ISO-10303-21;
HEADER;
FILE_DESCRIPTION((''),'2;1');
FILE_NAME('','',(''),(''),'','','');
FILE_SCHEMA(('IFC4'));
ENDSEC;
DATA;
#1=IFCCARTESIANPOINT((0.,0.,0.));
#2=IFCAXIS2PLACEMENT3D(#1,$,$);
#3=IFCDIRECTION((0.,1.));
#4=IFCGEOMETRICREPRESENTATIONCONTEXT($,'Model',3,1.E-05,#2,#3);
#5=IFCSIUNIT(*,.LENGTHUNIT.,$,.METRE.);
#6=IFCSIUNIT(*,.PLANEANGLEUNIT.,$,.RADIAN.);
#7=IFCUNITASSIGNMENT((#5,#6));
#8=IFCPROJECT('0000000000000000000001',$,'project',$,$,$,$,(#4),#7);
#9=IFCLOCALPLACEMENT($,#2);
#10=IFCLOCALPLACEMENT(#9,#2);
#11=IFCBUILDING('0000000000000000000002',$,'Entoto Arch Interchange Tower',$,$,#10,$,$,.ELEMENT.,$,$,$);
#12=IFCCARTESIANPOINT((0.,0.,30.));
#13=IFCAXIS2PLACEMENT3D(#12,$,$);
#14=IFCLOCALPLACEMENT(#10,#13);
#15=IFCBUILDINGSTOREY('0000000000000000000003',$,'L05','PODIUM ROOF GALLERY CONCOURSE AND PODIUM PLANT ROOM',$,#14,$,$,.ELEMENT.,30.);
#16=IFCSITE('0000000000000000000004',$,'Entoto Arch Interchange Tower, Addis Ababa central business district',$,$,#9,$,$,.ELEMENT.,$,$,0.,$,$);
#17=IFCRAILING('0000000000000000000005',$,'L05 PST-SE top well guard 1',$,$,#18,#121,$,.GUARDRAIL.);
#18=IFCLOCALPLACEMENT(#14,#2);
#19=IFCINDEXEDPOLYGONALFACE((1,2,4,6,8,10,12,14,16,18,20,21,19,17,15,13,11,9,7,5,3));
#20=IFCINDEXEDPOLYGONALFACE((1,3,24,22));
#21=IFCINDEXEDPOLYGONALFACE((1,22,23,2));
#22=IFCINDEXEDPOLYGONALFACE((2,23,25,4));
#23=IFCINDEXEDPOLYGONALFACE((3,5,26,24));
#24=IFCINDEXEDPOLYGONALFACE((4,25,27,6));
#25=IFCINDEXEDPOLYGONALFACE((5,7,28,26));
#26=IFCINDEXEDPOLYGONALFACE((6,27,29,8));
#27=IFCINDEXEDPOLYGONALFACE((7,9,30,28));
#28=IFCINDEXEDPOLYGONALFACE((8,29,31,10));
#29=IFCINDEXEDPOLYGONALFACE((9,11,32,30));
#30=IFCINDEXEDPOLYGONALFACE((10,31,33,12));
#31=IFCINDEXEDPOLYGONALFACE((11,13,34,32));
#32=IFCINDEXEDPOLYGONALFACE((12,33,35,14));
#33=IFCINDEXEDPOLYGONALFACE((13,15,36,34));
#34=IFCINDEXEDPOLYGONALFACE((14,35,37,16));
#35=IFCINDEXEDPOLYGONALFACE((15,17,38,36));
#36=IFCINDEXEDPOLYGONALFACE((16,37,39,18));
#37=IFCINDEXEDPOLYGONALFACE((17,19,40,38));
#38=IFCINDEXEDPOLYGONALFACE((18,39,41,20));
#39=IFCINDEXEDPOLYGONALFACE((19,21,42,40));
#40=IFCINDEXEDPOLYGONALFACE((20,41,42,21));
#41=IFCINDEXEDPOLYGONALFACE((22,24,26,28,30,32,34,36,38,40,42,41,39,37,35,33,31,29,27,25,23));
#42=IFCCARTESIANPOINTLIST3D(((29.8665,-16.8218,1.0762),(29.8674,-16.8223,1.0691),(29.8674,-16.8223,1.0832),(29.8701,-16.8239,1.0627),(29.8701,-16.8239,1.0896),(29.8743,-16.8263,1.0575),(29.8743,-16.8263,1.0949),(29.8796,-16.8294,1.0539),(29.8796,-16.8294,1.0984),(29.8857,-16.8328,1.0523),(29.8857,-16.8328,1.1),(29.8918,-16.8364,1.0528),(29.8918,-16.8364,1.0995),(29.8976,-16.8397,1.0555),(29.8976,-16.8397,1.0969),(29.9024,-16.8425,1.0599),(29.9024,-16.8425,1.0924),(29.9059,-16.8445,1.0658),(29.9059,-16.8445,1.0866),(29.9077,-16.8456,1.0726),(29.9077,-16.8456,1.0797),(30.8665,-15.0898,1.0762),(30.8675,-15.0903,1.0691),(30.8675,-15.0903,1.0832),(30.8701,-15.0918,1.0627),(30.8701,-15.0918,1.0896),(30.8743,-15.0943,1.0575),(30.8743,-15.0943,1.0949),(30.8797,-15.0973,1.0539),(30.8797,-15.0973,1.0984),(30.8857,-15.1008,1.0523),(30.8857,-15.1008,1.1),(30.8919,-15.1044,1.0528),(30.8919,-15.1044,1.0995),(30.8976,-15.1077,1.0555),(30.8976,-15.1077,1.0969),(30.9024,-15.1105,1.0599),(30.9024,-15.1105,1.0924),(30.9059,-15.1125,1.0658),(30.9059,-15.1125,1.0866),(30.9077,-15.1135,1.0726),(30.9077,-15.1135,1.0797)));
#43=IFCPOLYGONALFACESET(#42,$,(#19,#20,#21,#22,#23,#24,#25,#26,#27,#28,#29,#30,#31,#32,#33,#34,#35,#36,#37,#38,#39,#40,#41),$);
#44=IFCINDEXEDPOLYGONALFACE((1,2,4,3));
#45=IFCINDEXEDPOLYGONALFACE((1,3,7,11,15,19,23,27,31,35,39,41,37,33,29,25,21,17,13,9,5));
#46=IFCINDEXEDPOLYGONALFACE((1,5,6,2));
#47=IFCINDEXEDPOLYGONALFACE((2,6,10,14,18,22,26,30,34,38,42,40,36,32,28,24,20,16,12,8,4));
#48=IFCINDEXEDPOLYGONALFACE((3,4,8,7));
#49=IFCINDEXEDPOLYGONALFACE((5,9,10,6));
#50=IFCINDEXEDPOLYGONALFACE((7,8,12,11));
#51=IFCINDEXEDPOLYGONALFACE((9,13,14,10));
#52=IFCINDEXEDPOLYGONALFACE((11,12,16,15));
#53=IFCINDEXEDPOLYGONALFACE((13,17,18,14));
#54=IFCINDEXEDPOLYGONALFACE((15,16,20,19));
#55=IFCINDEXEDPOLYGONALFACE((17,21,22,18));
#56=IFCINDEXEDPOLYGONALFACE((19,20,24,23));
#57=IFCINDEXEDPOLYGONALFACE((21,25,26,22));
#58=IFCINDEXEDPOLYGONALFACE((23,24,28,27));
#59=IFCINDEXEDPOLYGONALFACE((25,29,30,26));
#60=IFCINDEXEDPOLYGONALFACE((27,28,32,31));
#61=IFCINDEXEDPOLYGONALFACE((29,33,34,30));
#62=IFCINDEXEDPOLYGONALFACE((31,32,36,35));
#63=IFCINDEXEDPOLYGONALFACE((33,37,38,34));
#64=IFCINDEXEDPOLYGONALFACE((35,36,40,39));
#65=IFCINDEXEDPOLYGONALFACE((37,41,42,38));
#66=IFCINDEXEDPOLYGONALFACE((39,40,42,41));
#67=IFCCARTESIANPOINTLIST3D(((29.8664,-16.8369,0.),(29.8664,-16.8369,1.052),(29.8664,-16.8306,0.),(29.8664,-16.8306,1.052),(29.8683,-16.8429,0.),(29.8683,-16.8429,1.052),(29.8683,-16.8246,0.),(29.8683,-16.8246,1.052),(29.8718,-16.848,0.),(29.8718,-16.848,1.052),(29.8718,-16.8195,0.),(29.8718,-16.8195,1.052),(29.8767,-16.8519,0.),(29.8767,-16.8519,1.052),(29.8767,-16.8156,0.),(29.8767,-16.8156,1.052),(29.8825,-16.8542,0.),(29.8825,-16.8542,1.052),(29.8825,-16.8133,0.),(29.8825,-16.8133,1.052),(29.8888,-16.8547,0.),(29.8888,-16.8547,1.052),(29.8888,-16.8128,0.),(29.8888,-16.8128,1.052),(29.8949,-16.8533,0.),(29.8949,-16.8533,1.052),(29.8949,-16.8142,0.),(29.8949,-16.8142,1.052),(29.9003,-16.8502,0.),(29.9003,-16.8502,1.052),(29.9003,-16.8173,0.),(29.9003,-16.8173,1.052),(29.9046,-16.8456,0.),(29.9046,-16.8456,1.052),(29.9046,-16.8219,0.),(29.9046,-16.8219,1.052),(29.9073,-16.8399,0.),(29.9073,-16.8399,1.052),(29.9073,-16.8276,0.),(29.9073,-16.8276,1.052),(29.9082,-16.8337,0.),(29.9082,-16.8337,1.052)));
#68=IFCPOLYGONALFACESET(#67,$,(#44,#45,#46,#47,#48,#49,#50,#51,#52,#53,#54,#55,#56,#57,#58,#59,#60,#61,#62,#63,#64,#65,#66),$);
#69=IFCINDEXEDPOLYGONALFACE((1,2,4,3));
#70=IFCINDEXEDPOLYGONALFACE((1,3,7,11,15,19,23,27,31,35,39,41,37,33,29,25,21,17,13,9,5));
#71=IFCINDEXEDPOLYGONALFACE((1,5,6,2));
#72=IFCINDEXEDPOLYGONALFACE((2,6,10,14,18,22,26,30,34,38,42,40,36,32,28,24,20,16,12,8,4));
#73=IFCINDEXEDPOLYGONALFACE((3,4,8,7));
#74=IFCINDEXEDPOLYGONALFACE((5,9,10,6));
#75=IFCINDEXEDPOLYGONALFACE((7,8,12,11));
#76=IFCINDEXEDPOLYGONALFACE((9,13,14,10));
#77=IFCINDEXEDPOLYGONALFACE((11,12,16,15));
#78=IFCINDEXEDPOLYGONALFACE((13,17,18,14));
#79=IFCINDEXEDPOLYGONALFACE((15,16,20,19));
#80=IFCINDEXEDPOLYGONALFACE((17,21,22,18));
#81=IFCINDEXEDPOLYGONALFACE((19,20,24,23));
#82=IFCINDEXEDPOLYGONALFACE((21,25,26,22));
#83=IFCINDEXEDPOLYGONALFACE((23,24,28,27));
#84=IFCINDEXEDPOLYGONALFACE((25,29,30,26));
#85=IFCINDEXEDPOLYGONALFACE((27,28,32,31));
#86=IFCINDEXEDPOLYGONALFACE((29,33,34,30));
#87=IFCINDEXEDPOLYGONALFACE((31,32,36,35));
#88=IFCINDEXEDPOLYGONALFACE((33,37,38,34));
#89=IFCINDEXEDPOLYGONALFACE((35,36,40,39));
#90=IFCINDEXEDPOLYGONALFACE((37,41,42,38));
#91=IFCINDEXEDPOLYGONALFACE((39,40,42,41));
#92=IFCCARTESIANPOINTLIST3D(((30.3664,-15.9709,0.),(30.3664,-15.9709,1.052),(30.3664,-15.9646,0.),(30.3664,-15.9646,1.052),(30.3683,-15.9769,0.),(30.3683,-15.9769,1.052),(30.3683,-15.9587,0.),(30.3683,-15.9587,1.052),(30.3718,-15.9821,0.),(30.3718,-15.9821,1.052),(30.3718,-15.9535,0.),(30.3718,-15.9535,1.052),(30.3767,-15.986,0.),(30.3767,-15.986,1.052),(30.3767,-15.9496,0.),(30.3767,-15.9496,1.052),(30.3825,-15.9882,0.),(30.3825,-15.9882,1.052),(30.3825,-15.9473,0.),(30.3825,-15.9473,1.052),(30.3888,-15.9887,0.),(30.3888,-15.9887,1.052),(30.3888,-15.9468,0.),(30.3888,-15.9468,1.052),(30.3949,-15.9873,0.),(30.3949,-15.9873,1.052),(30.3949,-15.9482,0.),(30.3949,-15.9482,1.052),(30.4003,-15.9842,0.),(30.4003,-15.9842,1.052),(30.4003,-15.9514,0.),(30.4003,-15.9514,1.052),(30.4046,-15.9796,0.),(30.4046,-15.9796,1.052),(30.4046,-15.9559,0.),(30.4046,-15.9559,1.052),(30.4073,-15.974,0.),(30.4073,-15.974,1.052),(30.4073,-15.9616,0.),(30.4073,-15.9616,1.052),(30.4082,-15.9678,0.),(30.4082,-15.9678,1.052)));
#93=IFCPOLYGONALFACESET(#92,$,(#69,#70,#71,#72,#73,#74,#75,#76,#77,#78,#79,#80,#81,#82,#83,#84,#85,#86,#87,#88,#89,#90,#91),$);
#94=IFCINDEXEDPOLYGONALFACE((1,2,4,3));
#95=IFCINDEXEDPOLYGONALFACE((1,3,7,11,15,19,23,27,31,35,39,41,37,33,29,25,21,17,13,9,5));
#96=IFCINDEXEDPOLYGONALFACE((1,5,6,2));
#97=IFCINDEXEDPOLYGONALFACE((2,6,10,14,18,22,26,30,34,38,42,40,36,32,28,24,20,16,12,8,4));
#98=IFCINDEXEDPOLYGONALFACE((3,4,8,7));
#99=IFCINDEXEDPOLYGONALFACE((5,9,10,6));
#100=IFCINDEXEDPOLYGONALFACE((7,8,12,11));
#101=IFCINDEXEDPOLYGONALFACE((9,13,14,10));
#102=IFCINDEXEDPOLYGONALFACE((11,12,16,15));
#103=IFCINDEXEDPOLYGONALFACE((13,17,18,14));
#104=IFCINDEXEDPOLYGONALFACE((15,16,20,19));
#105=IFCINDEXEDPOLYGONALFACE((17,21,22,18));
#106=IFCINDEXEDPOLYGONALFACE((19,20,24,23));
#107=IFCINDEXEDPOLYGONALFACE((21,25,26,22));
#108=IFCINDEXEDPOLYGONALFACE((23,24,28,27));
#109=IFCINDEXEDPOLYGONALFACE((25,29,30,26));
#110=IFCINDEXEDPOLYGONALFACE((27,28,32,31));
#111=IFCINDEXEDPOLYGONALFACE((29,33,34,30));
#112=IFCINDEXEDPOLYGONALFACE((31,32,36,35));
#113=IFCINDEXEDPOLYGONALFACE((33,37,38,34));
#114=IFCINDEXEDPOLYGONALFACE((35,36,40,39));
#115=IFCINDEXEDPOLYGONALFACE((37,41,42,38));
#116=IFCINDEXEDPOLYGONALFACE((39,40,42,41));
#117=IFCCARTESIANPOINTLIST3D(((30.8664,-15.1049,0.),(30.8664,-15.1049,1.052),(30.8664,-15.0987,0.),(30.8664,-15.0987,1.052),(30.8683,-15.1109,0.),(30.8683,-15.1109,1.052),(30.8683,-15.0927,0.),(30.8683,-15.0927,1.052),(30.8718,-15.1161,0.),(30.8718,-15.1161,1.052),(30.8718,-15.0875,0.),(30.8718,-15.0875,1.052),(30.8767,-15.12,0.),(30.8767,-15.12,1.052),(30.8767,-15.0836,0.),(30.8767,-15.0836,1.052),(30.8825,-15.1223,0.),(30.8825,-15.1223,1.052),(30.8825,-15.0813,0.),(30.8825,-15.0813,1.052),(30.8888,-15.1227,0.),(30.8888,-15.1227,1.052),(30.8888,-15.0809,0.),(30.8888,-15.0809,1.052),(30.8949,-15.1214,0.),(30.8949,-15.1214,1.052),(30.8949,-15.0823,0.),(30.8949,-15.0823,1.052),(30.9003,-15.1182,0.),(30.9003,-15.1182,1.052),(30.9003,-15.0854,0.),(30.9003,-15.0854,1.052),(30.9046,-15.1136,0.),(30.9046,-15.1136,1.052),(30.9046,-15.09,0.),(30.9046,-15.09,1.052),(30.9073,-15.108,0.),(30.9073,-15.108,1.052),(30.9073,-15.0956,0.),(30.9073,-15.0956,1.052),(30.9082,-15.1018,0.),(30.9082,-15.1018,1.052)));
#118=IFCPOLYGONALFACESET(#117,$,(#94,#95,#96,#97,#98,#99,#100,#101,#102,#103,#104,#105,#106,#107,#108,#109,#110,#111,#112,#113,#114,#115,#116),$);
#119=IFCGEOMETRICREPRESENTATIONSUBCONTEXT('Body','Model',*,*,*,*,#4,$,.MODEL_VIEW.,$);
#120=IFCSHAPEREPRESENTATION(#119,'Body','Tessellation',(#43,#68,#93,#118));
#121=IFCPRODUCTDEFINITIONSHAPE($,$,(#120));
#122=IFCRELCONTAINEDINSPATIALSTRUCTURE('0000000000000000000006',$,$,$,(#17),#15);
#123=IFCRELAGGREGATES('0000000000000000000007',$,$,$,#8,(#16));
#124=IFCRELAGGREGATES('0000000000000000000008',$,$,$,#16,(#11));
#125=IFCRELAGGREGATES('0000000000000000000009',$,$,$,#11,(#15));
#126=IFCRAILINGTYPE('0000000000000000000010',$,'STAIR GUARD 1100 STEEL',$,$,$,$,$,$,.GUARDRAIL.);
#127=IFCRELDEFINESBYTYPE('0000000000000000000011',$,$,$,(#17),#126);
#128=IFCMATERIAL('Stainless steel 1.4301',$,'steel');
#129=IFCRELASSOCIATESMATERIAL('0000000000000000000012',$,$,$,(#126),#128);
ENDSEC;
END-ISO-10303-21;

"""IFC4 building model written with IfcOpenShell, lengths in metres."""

from ifc_helpers import new_model, si_unit, direction, frame, origin, origin_2d, place, context, subcontext, project, spatial, circle, extrude, material, type_object, element, save


model = new_model("IFC4")

# Units and contexts
model_context = context("Model", 3, precision=1e-05, world=origin(), true_north=direction((0.0, 1.0)))
body_context = subcontext(model_context, "Body", "Model", "MODEL_VIEW")
ifc_project = project(units=[si_unit("LENGTHUNIT", "METRE"), si_unit("PLANEANGLEUNIT", "RADIAN")], contexts=[model_context])

# Site, building, storey
site_placement = place(None, origin())
site = spatial("IfcSite", under=ifc_project, at=site_placement, Name="Entoto Arch Interchange Tower, Addis Ababa central business district", CompositionType="ELEMENT", RefElevation=0.0)
building_placement = place(site_placement, origin())
building = spatial("IfcBuilding", under=site, at=building_placement, Name="Entoto Arch Interchange Tower", CompositionType="ELEMENT")
storey_placement = place(building_placement, frame((0.0, 0.0, 30.0)))
storey = spatial("IfcBuildingStorey", under=building, at=storey_placement, Name="L05", Description="PODIUM ROOF GALLERY CONCOURSE AND PODIUM PLANT ROOM", CompositionType="ELEMENT", Elevation=30.0)

# Railing
ifc_material_1 = material(Name="Stainless steel 1.4301", Category="steel")
railing_type = type_object("IfcRailingType", Name="STAIR GUARD 1100 STEEL", PredefinedType="GUARDRAIL", material=ifc_material_1)
railing_placement = place(storey_placement, frame((29.8872, -16.8337, 0.0)))
element("IfcRailing", 1, at=railing_placement, inside=storey, type_object=railing_type, Name="L05 PST-SE top well guard 1", PredefinedType="GUARDRAIL", context=body_context, shape_type="SweptSolid", body=[
    extrude(circle(Radius=0.0239, at=origin_2d()), frame((0.0, 0.0, 1.0762), z_axis=(0.500025, 0.866011, 0.0), x_axis=(-0.866011, 0.500025, 0.0)), (0.0, 0.0, 1.0), 2.0),
    extrude(circle(Radius=0.021, at=origin_2d()), origin(), (0.0, 0.0, 1.0), 1.052),
    extrude(circle(Radius=0.021, at=origin_2d()), frame((0.5, 0.866, 0.0)), (0.0, 0.0, 1.0), 1.052),
    extrude(circle(Radius=0.021, at=origin_2d()), frame((1.0, 1.7319, 0.0)), (0.0, 0.0, 1.0), 1.052),
])

save(model, "model.ifc")
